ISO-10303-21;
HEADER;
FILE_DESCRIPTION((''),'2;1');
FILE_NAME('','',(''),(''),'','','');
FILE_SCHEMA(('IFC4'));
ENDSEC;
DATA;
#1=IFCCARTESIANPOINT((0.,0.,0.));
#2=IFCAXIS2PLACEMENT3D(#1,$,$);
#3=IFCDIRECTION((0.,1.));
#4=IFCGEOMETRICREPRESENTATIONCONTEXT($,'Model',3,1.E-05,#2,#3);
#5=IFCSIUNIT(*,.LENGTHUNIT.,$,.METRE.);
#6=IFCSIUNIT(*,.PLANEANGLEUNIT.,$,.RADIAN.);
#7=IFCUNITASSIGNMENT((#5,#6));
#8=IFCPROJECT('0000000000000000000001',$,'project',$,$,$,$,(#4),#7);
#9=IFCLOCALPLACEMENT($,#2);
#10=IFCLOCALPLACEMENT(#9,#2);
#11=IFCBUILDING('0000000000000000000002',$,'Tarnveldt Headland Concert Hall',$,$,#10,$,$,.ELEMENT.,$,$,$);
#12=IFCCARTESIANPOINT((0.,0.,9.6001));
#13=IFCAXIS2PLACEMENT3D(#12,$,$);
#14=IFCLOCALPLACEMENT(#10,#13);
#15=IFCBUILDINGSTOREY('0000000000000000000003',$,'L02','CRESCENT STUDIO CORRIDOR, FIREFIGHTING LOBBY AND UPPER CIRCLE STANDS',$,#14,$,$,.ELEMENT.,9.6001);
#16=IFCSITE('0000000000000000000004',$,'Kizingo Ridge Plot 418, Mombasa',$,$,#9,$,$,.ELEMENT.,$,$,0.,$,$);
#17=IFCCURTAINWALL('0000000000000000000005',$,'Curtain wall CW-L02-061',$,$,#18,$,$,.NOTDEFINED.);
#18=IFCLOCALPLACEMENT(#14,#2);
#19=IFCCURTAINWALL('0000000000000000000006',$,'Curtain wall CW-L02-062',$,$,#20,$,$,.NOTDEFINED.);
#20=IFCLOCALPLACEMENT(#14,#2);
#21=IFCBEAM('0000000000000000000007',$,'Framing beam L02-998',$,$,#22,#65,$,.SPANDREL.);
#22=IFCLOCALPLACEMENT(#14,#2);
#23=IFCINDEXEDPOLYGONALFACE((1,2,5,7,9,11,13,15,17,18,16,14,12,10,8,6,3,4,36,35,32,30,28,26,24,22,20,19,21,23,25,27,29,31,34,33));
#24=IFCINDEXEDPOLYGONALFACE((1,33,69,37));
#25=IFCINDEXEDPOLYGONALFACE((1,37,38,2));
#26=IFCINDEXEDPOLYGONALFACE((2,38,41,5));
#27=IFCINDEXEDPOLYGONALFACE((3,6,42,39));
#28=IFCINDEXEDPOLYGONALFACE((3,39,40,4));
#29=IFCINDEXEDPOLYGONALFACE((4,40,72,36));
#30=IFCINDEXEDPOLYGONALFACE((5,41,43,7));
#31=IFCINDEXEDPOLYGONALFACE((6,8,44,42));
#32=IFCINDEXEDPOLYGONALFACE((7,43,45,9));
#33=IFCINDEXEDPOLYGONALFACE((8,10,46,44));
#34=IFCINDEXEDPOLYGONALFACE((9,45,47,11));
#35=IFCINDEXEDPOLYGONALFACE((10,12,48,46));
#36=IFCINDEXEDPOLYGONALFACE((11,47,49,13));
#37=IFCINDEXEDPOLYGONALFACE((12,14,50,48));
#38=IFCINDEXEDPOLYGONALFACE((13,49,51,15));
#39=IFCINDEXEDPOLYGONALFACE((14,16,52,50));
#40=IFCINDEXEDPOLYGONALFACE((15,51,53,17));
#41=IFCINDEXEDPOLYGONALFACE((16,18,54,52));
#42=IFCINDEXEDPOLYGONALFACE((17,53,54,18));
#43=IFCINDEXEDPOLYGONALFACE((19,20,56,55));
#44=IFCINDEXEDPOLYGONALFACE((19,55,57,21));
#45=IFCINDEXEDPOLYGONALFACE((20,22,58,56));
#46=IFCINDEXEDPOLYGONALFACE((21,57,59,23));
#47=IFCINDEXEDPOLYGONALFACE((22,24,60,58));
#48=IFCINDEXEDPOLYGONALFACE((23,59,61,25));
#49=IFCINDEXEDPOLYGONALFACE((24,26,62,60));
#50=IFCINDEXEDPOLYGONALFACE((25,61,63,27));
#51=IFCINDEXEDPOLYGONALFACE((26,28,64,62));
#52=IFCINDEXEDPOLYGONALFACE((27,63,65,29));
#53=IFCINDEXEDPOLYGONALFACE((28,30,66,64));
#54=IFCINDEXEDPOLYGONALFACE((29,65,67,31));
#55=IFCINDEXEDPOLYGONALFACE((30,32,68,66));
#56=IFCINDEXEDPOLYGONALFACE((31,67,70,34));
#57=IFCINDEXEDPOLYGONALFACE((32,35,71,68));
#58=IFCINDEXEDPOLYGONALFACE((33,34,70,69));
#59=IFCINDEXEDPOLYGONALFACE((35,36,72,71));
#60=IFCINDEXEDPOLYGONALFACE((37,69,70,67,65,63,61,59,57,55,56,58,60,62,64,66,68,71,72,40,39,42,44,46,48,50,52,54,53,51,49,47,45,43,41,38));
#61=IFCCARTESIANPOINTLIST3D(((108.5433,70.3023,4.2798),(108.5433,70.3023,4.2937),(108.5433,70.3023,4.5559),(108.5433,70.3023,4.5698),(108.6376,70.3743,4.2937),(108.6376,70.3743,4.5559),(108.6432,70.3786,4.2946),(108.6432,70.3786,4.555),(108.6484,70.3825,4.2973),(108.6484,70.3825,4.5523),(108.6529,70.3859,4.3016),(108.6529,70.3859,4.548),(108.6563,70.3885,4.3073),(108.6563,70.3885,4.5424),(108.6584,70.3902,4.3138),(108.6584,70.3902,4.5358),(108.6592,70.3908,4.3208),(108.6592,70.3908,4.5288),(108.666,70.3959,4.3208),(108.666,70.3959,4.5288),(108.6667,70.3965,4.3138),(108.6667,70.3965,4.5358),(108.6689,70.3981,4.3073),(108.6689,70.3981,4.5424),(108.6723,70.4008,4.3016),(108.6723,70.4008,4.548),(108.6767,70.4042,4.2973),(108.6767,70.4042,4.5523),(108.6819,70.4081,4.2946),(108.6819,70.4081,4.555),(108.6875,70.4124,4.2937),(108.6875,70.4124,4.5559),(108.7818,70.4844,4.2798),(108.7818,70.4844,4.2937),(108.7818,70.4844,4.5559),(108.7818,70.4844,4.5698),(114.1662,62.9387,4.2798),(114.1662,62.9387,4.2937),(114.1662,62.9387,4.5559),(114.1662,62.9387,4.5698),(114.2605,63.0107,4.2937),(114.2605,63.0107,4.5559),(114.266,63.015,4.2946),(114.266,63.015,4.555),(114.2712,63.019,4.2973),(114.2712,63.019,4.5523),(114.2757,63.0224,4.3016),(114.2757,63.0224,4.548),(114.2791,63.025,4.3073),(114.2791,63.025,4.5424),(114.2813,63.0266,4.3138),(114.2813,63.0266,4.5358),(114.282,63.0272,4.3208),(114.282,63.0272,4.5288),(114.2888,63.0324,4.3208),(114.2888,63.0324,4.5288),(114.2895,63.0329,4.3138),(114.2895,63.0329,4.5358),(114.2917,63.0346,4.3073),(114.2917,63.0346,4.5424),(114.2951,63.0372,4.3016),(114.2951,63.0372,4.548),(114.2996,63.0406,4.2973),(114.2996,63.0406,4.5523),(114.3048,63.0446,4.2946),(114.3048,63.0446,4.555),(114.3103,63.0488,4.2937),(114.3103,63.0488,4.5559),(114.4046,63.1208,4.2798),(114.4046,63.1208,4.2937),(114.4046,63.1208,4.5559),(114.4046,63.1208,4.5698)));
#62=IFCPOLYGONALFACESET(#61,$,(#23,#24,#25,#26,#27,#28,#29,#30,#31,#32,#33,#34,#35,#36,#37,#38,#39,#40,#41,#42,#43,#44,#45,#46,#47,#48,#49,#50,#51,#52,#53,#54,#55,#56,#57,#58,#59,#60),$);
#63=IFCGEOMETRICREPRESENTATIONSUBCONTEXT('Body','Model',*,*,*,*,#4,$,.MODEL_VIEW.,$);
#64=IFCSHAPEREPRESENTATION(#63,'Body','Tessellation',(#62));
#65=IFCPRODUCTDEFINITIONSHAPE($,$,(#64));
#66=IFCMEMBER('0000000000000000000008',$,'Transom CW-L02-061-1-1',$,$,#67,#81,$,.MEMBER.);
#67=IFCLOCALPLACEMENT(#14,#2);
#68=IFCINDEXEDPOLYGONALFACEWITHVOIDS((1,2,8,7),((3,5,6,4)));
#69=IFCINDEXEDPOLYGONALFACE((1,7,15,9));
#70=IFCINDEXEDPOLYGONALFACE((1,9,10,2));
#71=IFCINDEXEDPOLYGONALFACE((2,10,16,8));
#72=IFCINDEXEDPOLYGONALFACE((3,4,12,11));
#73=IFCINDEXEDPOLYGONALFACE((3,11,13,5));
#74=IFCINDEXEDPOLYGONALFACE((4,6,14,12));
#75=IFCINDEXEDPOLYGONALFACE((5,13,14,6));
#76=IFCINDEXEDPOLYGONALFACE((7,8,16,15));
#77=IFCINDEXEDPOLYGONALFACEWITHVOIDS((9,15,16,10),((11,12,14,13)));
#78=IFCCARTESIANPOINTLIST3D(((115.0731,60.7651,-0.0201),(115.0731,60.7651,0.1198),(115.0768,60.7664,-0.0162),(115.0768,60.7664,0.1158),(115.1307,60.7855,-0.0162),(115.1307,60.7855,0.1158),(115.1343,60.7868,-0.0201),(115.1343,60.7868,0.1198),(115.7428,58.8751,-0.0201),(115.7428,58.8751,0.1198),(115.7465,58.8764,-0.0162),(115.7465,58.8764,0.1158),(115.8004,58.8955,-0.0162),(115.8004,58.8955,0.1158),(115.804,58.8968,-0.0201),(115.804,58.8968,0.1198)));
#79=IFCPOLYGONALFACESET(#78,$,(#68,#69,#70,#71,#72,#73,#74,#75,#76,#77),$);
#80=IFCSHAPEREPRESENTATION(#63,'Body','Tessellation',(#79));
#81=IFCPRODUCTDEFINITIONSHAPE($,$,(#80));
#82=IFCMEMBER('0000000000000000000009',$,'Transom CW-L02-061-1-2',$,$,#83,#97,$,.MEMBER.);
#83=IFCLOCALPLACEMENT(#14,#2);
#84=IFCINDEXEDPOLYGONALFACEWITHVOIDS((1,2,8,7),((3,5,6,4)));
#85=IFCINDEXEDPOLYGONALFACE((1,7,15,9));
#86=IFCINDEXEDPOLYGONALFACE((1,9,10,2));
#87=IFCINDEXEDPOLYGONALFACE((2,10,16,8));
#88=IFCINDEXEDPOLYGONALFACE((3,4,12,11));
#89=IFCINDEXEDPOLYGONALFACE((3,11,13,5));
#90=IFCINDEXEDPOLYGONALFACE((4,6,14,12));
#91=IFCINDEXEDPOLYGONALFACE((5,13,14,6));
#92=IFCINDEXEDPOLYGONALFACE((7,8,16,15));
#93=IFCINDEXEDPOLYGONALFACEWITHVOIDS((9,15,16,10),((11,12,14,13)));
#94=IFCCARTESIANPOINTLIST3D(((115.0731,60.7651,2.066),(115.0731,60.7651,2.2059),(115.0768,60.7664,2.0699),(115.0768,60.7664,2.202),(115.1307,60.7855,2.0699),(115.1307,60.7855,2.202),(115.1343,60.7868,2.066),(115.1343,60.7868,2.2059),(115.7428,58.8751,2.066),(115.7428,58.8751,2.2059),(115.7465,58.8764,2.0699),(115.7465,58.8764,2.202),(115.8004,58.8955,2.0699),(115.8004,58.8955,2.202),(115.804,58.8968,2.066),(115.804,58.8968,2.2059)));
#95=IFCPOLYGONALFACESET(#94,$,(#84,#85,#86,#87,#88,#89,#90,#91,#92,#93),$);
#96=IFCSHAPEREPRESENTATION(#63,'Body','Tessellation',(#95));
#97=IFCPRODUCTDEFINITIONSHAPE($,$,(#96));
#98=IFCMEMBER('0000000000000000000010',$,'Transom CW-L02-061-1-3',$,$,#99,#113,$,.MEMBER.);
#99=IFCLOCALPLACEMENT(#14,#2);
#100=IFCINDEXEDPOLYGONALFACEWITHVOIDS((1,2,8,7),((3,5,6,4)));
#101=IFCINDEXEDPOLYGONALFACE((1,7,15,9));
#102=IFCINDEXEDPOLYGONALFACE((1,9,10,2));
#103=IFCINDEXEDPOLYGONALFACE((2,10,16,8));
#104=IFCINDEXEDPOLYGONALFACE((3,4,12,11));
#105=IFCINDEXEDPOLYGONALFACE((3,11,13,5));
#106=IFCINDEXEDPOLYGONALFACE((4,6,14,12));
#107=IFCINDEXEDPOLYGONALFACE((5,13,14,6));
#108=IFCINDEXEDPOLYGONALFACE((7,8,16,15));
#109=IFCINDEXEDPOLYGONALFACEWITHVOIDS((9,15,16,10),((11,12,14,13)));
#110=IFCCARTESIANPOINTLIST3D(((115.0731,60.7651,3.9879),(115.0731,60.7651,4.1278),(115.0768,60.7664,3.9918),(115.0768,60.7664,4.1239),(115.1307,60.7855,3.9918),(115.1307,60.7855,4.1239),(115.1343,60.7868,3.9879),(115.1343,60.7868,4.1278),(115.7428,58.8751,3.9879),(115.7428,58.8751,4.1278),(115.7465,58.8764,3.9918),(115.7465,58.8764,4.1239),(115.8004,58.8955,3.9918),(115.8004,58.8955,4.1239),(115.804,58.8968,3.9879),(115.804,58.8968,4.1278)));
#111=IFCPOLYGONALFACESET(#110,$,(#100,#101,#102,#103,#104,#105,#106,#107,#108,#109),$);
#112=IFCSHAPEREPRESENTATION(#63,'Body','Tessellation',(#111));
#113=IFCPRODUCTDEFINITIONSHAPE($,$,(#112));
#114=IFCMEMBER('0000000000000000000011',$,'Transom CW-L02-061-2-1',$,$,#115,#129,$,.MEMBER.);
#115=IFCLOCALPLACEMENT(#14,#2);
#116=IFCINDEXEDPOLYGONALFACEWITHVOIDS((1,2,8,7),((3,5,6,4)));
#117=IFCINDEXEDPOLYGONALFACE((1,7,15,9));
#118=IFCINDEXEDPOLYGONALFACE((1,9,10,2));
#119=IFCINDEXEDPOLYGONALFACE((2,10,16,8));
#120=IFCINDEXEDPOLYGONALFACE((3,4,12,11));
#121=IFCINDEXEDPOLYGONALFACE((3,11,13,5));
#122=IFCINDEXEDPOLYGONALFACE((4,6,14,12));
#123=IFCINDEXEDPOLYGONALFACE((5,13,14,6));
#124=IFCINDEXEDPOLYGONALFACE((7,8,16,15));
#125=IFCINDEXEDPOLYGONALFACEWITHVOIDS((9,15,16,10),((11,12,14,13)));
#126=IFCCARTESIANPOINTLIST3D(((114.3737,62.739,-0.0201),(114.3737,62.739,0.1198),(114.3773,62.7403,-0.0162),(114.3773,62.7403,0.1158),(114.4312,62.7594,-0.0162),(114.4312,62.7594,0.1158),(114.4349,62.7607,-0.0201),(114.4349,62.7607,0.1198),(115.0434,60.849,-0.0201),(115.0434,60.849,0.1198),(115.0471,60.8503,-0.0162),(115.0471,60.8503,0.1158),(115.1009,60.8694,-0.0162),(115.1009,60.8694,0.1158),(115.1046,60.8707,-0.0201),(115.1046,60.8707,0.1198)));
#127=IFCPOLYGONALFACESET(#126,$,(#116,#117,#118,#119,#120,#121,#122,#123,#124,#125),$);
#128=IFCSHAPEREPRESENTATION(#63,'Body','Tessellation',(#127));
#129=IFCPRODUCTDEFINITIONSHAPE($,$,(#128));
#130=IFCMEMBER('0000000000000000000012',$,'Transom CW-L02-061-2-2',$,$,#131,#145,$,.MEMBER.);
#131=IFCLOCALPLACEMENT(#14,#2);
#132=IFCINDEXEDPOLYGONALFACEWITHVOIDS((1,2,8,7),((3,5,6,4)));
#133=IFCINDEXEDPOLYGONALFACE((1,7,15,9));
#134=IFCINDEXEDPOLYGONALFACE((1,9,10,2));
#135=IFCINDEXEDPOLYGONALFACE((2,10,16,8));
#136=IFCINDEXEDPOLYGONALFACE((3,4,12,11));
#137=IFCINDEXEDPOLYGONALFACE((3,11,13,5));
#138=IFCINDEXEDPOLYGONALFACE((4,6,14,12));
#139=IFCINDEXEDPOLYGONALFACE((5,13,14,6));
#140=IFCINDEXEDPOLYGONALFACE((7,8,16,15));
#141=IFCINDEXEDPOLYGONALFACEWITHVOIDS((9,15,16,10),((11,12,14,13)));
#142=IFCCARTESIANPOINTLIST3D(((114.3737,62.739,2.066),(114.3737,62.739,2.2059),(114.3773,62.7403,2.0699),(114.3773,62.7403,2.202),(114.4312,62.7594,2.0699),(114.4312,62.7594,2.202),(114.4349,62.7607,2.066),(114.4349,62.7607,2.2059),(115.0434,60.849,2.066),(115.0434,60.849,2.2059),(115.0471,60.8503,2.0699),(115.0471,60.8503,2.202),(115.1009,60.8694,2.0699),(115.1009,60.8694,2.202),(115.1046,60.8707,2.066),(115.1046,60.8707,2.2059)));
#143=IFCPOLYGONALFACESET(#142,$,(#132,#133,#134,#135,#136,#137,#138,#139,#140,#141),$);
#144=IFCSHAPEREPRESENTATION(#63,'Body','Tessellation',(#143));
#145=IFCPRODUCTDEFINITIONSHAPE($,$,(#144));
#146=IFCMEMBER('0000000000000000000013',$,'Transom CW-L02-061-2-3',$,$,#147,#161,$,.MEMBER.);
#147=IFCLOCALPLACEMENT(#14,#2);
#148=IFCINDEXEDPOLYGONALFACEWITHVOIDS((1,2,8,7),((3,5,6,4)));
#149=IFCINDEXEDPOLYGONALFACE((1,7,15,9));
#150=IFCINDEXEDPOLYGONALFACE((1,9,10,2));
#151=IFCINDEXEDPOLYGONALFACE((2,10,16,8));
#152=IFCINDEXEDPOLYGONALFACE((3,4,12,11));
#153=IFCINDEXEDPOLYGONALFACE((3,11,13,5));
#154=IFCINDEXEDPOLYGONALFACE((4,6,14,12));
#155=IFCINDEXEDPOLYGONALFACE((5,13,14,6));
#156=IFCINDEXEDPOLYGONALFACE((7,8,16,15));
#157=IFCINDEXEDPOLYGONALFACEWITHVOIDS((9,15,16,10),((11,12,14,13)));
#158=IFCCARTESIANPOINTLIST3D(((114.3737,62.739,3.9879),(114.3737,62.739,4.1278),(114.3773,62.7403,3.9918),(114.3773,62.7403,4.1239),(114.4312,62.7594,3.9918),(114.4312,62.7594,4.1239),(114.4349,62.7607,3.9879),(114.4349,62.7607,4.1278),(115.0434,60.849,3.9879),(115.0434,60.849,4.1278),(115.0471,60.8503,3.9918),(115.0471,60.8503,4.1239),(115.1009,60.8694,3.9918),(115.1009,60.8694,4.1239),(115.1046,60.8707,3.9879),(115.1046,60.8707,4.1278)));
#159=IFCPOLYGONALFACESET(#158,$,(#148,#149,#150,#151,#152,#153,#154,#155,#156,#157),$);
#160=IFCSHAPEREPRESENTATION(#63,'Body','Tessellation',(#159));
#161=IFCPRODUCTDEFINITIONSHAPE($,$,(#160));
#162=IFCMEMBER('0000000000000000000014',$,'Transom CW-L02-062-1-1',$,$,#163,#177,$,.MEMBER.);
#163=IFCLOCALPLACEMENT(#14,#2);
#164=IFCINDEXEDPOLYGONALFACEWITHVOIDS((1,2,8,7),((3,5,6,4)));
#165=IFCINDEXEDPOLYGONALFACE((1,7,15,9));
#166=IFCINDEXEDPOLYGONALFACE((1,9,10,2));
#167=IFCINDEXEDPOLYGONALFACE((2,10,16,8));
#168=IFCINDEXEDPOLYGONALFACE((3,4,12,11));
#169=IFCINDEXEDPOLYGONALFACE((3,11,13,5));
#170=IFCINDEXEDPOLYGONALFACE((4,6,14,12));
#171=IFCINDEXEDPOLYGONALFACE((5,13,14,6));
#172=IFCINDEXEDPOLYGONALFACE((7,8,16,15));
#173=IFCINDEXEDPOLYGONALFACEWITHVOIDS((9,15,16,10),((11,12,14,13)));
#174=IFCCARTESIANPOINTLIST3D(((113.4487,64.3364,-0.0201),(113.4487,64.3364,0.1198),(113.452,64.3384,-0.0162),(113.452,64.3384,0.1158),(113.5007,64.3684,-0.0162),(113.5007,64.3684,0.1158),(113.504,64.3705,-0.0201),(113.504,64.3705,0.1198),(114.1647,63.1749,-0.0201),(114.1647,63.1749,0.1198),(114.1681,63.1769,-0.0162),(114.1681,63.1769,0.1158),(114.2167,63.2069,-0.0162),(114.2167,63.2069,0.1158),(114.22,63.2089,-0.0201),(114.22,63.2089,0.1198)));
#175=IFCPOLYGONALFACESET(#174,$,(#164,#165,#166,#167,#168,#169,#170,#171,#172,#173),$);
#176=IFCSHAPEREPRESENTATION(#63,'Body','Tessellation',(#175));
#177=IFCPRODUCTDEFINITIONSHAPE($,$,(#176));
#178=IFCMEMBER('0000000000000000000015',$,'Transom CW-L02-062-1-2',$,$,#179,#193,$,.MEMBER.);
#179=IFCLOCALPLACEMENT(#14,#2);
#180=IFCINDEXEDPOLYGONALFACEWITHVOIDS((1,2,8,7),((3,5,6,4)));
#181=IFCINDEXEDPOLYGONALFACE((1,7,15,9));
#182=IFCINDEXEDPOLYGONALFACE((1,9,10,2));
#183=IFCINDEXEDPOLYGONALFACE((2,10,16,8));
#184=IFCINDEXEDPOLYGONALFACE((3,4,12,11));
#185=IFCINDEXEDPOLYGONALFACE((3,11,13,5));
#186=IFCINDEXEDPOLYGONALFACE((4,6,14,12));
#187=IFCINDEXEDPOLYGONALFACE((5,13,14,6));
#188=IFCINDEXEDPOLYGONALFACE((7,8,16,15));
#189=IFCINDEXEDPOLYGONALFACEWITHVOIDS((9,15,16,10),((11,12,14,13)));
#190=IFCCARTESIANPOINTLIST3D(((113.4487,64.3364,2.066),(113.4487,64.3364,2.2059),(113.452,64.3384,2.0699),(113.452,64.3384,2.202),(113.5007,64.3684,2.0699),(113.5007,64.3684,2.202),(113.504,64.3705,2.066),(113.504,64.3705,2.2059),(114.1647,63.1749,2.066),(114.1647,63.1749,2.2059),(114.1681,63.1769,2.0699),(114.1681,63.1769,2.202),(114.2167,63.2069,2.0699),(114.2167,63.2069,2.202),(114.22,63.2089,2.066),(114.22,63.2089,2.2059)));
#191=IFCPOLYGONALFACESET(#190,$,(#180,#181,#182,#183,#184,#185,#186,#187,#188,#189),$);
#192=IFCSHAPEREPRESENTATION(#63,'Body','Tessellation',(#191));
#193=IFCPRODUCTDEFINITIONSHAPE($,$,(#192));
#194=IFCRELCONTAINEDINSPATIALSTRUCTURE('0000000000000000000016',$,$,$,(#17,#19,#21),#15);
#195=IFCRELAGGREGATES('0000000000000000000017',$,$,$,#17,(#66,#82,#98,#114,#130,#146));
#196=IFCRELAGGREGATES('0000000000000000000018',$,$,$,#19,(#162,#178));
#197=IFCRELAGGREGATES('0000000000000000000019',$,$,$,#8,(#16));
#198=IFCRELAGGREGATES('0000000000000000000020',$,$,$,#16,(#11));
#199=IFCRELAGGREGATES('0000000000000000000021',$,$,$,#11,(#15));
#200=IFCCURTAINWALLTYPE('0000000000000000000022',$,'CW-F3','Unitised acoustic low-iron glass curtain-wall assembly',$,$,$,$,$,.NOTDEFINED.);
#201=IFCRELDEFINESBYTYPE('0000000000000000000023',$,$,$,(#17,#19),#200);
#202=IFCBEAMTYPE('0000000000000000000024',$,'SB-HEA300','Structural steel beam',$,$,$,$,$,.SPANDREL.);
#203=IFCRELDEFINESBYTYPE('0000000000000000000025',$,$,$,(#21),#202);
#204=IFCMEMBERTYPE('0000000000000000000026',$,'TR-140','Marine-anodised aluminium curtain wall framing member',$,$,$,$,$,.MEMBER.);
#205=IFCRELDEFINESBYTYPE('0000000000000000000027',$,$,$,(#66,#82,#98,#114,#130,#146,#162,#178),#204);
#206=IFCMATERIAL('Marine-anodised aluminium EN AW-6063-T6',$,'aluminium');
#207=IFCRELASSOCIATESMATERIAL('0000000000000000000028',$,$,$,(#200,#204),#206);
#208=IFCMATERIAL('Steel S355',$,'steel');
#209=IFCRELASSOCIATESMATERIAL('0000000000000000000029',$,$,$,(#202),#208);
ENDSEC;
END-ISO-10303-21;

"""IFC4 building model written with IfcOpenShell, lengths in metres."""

from ifc_helpers import new_model, si_unit, direction, frame, origin, origin_2d, place, context, subcontext, project, spatial, hollow_rectangle, i_section, extrude, material, material_profile, profile_set, type_object, element, aggregate, save


model = new_model("IFC4")

# Units and contexts
model_context = context("Model", 3, precision=1e-05, world=origin(), true_north=direction((0.0, 1.0)))
body_context = subcontext(model_context, "Body", "Model", "MODEL_VIEW")
ifc_project = project(units=[si_unit("LENGTHUNIT", "METRE"), si_unit("PLANEANGLEUNIT", "RADIAN")], contexts=[model_context])

# Site, building, storey
site_placement = place(None, origin())
site = spatial("IfcSite", under=ifc_project, at=site_placement, Name="Kizingo Ridge Plot 418, Mombasa", CompositionType="ELEMENT", RefElevation=0.0)
building_placement = place(site_placement, origin())
building = spatial("IfcBuilding", under=site, at=building_placement, Name="Tarnveldt Headland Concert Hall", CompositionType="ELEMENT")
storey_placement = place(building_placement, frame((0.0, 0.0, 9.6001)))
storey = spatial("IfcBuildingStorey", under=building, at=storey_placement, Name="L02", Description="CRESCENT STUDIO CORRIDOR, FIREFIGHTING LOBBY AND UPPER CIRCLE STANDS", CompositionType="ELEMENT", Elevation=9.6001)

# Shared definitions
ifc_material_1 = material(Name="Steel S355", Category="steel")

# Curtain walls
ifc_material_2 = material(Name="Marine-anodised aluminium EN AW-6063-T6", Category="aluminium")
curtain_wall_type = type_object("IfcCurtainWallType", Name="CW-F3", Description="Unitised acoustic low-iron glass curtain-wall assembly", PredefinedType="NOTDEFINED", material=ifc_material_2)
curtain_wall_1_placement = place(storey_placement, origin())
curtain_wall_1 = element("IfcCurtainWall", 1, at=curtain_wall_1_placement, inside=storey, type_object=curtain_wall_type, Name="Curtain wall CW-L02-061", PredefinedType="NOTDEFINED")
curtain_wall_2_placement = place(storey_placement, origin())
curtain_wall_2 = element("IfcCurtainWall", 2, at=curtain_wall_2_placement, inside=storey, type_object=curtain_wall_type, Name="Curtain wall CW-L02-062", PredefinedType="NOTDEFINED")

# Beam
ifc_material_profile_1 = material_profile(ifc_material_1, i_section(OverallWidth=0.3, OverallDepth=0.29, WebThickness=0.0085, FlangeThickness=0.0139, FilletRadius=0.0271, at=origin_2d()), Name="HEA300", Category="steel")
ifc_profile_set_1 = profile_set([ifc_material_profile_1], Name="Steel S355")
beam_type = type_object("IfcBeamType", Name="SB-HEA300", Description="Structural steel beam", PredefinedType="SPANDREL", material=ifc_profile_set_1)
beam_placement = place(storey_placement, frame((114.2854, 63.0298, 4.4248), z_axis=(-0.606896, 0.794781, 0.0), x_axis=(-0.794781, -0.606896, 0.0)))
element("IfcBeam", 3, at=beam_placement, inside=storey, type_object=beam_type, Name="Framing beam L02-998", PredefinedType="SPANDREL", context=body_context, shape_type="SweptSolid", body=[
    extrude(i_section(OverallWidth=0.3, OverallDepth=0.29, WebThickness=0.0085, FlangeThickness=0.0139, FilletRadius=0.0271, at=origin_2d()), origin(), (0.0, 0.0, 1.0), 9.2649),
])

# Members
ifc_material_profile_2 = material_profile(ifc_material_2, hollow_rectangle(XDim=0.0649, YDim=0.1399, WallThickness=0.0039, at=origin_2d()), Name="ALU TRANSOM 65x140x4", Category="aluminium")
ifc_profile_set_2 = profile_set([ifc_material_profile_2], Name="Marine-anodised aluminium EN AW-6063-T6")
member_type_1 = type_object("IfcMemberType", Name="TR-140", Description="Marine-anodised aluminium curtain wall framing member", PredefinedType="MEMBER", material=ifc_profile_set_2)
member_1_placement = place(storey_placement, frame((115.7734, 58.886, 0.0498), z_axis=(-0.333998, 0.942574, 0.0), x_axis=(-0.942574, -0.333998, 0.0)))
member_1 = element("IfcMember", 4, at=member_1_placement, type_object=member_type_1, Name="Transom CW-L02-061-1-1", PredefinedType="MEMBER", context=body_context, shape_type="SweptSolid", body=[
    extrude(hollow_rectangle(XDim=0.0649, YDim=0.1399, WallThickness=0.0039, at=origin_2d()), origin(), (0.0, 0.0, 1.0), 2.0051),
])
member_2_placement = place(storey_placement, frame((115.7734, 58.886, 2.136), z_axis=(-0.333998, 0.942574, 0.0), x_axis=(-0.942574, -0.333998, 0.0)))
member_2 = element("IfcMember", 5, at=member_2_placement, type_object=member_type_1, Name="Transom CW-L02-061-1-2", PredefinedType="MEMBER", context=body_context, shape_type="SweptSolid", body=[
    extrude(hollow_rectangle(XDim=0.0649, YDim=0.1399, WallThickness=0.0039, at=origin_2d()), origin(), (0.0, 0.0, 1.0), 2.0051),
])
member_3_placement = place(storey_placement, frame((115.7734, 58.886, 4.0579), z_axis=(-0.333998, 0.942574, 0.0), x_axis=(-0.942574, -0.333998, 0.0)))
member_3 = element("IfcMember", 6, at=member_3_placement, type_object=member_type_1, Name="Transom CW-L02-061-1-3", PredefinedType="MEMBER", context=body_context, shape_type="SweptSolid", body=[
    extrude(hollow_rectangle(XDim=0.0649, YDim=0.1399, WallThickness=0.0039, at=origin_2d()), origin(), (0.0, 0.0, 1.0), 2.0051),
])
member_4_placement = place(storey_placement, frame((115.074, 60.8599, 0.0498), z_axis=(-0.333998, 0.942574, 0.0), x_axis=(-0.942574, -0.333998, 0.0)))
member_4 = element("IfcMember", 7, at=member_4_placement, type_object=member_type_1, Name="Transom CW-L02-061-2-1", PredefinedType="MEMBER", context=body_context, shape_type="SweptSolid", body=[
    extrude(hollow_rectangle(XDim=0.0649, YDim=0.1399, WallThickness=0.0039, at=origin_2d()), origin(), (0.0, 0.0, 1.0), 2.0051),
])
member_5_placement = place(storey_placement, frame((115.074, 60.8599, 2.136), z_axis=(-0.333998, 0.942574, 0.0), x_axis=(-0.942574, -0.333998, 0.0)))
member_5 = element("IfcMember", 8, at=member_5_placement, type_object=member_type_1, Name="Transom CW-L02-061-2-2", PredefinedType="MEMBER", context=body_context, shape_type="SweptSolid", body=[
    extrude(hollow_rectangle(XDim=0.0649, YDim=0.1399, WallThickness=0.0039, at=origin_2d()), origin(), (0.0, 0.0, 1.0), 2.0051),
])
member_6_placement = place(storey_placement, frame((115.074, 60.8599, 4.0579), z_axis=(-0.333998, 0.942574, 0.0), x_axis=(-0.942574, -0.333998, 0.0)))
member_6 = element("IfcMember", 9, at=member_6_placement, type_object=member_type_1, Name="Transom CW-L02-061-2-3", PredefinedType="MEMBER", context=body_context, shape_type="SweptSolid", body=[
    extrude(hollow_rectangle(XDim=0.0649, YDim=0.1399, WallThickness=0.0039, at=origin_2d()), origin(), (0.0, 0.0, 1.0), 2.0051),
])
member_7_placement = place(storey_placement, frame((114.1924, 63.1919, 0.0498), z_axis=(-0.524746, 0.851259, 0.0), x_axis=(-0.851259, -0.524746, 0.0)))
member_7 = element("IfcMember", 10, at=member_7_placement, type_object=member_type_1, Name="Transom CW-L02-062-1-1", PredefinedType="MEMBER", context=body_context, shape_type="SweptSolid", body=[
    extrude(hollow_rectangle(XDim=0.0649, YDim=0.1399, WallThickness=0.0039, at=origin_2d()), origin(), (0.0, 0.0, 1.0), 1.3645),
])
member_8_placement = place(storey_placement, frame((114.1924, 63.1919, 2.136), z_axis=(-0.524746, 0.851259, 0.0), x_axis=(-0.851259, -0.524746, 0.0)))
member_8 = element("IfcMember", 11, at=member_8_placement, type_object=member_type_1, Name="Transom CW-L02-062-1-2", PredefinedType="MEMBER", context=body_context, shape_type="SweptSolid", body=[
    extrude(hollow_rectangle(XDim=0.0649, YDim=0.1399, WallThickness=0.0039, at=origin_2d()), origin(), (0.0, 0.0, 1.0), 1.3645),
])

aggregate(curtain_wall_1, [member_1, member_2, member_3, member_4, member_5, member_6])
aggregate(curtain_wall_2, [member_7, member_8])

save(model, "model.ifc")
